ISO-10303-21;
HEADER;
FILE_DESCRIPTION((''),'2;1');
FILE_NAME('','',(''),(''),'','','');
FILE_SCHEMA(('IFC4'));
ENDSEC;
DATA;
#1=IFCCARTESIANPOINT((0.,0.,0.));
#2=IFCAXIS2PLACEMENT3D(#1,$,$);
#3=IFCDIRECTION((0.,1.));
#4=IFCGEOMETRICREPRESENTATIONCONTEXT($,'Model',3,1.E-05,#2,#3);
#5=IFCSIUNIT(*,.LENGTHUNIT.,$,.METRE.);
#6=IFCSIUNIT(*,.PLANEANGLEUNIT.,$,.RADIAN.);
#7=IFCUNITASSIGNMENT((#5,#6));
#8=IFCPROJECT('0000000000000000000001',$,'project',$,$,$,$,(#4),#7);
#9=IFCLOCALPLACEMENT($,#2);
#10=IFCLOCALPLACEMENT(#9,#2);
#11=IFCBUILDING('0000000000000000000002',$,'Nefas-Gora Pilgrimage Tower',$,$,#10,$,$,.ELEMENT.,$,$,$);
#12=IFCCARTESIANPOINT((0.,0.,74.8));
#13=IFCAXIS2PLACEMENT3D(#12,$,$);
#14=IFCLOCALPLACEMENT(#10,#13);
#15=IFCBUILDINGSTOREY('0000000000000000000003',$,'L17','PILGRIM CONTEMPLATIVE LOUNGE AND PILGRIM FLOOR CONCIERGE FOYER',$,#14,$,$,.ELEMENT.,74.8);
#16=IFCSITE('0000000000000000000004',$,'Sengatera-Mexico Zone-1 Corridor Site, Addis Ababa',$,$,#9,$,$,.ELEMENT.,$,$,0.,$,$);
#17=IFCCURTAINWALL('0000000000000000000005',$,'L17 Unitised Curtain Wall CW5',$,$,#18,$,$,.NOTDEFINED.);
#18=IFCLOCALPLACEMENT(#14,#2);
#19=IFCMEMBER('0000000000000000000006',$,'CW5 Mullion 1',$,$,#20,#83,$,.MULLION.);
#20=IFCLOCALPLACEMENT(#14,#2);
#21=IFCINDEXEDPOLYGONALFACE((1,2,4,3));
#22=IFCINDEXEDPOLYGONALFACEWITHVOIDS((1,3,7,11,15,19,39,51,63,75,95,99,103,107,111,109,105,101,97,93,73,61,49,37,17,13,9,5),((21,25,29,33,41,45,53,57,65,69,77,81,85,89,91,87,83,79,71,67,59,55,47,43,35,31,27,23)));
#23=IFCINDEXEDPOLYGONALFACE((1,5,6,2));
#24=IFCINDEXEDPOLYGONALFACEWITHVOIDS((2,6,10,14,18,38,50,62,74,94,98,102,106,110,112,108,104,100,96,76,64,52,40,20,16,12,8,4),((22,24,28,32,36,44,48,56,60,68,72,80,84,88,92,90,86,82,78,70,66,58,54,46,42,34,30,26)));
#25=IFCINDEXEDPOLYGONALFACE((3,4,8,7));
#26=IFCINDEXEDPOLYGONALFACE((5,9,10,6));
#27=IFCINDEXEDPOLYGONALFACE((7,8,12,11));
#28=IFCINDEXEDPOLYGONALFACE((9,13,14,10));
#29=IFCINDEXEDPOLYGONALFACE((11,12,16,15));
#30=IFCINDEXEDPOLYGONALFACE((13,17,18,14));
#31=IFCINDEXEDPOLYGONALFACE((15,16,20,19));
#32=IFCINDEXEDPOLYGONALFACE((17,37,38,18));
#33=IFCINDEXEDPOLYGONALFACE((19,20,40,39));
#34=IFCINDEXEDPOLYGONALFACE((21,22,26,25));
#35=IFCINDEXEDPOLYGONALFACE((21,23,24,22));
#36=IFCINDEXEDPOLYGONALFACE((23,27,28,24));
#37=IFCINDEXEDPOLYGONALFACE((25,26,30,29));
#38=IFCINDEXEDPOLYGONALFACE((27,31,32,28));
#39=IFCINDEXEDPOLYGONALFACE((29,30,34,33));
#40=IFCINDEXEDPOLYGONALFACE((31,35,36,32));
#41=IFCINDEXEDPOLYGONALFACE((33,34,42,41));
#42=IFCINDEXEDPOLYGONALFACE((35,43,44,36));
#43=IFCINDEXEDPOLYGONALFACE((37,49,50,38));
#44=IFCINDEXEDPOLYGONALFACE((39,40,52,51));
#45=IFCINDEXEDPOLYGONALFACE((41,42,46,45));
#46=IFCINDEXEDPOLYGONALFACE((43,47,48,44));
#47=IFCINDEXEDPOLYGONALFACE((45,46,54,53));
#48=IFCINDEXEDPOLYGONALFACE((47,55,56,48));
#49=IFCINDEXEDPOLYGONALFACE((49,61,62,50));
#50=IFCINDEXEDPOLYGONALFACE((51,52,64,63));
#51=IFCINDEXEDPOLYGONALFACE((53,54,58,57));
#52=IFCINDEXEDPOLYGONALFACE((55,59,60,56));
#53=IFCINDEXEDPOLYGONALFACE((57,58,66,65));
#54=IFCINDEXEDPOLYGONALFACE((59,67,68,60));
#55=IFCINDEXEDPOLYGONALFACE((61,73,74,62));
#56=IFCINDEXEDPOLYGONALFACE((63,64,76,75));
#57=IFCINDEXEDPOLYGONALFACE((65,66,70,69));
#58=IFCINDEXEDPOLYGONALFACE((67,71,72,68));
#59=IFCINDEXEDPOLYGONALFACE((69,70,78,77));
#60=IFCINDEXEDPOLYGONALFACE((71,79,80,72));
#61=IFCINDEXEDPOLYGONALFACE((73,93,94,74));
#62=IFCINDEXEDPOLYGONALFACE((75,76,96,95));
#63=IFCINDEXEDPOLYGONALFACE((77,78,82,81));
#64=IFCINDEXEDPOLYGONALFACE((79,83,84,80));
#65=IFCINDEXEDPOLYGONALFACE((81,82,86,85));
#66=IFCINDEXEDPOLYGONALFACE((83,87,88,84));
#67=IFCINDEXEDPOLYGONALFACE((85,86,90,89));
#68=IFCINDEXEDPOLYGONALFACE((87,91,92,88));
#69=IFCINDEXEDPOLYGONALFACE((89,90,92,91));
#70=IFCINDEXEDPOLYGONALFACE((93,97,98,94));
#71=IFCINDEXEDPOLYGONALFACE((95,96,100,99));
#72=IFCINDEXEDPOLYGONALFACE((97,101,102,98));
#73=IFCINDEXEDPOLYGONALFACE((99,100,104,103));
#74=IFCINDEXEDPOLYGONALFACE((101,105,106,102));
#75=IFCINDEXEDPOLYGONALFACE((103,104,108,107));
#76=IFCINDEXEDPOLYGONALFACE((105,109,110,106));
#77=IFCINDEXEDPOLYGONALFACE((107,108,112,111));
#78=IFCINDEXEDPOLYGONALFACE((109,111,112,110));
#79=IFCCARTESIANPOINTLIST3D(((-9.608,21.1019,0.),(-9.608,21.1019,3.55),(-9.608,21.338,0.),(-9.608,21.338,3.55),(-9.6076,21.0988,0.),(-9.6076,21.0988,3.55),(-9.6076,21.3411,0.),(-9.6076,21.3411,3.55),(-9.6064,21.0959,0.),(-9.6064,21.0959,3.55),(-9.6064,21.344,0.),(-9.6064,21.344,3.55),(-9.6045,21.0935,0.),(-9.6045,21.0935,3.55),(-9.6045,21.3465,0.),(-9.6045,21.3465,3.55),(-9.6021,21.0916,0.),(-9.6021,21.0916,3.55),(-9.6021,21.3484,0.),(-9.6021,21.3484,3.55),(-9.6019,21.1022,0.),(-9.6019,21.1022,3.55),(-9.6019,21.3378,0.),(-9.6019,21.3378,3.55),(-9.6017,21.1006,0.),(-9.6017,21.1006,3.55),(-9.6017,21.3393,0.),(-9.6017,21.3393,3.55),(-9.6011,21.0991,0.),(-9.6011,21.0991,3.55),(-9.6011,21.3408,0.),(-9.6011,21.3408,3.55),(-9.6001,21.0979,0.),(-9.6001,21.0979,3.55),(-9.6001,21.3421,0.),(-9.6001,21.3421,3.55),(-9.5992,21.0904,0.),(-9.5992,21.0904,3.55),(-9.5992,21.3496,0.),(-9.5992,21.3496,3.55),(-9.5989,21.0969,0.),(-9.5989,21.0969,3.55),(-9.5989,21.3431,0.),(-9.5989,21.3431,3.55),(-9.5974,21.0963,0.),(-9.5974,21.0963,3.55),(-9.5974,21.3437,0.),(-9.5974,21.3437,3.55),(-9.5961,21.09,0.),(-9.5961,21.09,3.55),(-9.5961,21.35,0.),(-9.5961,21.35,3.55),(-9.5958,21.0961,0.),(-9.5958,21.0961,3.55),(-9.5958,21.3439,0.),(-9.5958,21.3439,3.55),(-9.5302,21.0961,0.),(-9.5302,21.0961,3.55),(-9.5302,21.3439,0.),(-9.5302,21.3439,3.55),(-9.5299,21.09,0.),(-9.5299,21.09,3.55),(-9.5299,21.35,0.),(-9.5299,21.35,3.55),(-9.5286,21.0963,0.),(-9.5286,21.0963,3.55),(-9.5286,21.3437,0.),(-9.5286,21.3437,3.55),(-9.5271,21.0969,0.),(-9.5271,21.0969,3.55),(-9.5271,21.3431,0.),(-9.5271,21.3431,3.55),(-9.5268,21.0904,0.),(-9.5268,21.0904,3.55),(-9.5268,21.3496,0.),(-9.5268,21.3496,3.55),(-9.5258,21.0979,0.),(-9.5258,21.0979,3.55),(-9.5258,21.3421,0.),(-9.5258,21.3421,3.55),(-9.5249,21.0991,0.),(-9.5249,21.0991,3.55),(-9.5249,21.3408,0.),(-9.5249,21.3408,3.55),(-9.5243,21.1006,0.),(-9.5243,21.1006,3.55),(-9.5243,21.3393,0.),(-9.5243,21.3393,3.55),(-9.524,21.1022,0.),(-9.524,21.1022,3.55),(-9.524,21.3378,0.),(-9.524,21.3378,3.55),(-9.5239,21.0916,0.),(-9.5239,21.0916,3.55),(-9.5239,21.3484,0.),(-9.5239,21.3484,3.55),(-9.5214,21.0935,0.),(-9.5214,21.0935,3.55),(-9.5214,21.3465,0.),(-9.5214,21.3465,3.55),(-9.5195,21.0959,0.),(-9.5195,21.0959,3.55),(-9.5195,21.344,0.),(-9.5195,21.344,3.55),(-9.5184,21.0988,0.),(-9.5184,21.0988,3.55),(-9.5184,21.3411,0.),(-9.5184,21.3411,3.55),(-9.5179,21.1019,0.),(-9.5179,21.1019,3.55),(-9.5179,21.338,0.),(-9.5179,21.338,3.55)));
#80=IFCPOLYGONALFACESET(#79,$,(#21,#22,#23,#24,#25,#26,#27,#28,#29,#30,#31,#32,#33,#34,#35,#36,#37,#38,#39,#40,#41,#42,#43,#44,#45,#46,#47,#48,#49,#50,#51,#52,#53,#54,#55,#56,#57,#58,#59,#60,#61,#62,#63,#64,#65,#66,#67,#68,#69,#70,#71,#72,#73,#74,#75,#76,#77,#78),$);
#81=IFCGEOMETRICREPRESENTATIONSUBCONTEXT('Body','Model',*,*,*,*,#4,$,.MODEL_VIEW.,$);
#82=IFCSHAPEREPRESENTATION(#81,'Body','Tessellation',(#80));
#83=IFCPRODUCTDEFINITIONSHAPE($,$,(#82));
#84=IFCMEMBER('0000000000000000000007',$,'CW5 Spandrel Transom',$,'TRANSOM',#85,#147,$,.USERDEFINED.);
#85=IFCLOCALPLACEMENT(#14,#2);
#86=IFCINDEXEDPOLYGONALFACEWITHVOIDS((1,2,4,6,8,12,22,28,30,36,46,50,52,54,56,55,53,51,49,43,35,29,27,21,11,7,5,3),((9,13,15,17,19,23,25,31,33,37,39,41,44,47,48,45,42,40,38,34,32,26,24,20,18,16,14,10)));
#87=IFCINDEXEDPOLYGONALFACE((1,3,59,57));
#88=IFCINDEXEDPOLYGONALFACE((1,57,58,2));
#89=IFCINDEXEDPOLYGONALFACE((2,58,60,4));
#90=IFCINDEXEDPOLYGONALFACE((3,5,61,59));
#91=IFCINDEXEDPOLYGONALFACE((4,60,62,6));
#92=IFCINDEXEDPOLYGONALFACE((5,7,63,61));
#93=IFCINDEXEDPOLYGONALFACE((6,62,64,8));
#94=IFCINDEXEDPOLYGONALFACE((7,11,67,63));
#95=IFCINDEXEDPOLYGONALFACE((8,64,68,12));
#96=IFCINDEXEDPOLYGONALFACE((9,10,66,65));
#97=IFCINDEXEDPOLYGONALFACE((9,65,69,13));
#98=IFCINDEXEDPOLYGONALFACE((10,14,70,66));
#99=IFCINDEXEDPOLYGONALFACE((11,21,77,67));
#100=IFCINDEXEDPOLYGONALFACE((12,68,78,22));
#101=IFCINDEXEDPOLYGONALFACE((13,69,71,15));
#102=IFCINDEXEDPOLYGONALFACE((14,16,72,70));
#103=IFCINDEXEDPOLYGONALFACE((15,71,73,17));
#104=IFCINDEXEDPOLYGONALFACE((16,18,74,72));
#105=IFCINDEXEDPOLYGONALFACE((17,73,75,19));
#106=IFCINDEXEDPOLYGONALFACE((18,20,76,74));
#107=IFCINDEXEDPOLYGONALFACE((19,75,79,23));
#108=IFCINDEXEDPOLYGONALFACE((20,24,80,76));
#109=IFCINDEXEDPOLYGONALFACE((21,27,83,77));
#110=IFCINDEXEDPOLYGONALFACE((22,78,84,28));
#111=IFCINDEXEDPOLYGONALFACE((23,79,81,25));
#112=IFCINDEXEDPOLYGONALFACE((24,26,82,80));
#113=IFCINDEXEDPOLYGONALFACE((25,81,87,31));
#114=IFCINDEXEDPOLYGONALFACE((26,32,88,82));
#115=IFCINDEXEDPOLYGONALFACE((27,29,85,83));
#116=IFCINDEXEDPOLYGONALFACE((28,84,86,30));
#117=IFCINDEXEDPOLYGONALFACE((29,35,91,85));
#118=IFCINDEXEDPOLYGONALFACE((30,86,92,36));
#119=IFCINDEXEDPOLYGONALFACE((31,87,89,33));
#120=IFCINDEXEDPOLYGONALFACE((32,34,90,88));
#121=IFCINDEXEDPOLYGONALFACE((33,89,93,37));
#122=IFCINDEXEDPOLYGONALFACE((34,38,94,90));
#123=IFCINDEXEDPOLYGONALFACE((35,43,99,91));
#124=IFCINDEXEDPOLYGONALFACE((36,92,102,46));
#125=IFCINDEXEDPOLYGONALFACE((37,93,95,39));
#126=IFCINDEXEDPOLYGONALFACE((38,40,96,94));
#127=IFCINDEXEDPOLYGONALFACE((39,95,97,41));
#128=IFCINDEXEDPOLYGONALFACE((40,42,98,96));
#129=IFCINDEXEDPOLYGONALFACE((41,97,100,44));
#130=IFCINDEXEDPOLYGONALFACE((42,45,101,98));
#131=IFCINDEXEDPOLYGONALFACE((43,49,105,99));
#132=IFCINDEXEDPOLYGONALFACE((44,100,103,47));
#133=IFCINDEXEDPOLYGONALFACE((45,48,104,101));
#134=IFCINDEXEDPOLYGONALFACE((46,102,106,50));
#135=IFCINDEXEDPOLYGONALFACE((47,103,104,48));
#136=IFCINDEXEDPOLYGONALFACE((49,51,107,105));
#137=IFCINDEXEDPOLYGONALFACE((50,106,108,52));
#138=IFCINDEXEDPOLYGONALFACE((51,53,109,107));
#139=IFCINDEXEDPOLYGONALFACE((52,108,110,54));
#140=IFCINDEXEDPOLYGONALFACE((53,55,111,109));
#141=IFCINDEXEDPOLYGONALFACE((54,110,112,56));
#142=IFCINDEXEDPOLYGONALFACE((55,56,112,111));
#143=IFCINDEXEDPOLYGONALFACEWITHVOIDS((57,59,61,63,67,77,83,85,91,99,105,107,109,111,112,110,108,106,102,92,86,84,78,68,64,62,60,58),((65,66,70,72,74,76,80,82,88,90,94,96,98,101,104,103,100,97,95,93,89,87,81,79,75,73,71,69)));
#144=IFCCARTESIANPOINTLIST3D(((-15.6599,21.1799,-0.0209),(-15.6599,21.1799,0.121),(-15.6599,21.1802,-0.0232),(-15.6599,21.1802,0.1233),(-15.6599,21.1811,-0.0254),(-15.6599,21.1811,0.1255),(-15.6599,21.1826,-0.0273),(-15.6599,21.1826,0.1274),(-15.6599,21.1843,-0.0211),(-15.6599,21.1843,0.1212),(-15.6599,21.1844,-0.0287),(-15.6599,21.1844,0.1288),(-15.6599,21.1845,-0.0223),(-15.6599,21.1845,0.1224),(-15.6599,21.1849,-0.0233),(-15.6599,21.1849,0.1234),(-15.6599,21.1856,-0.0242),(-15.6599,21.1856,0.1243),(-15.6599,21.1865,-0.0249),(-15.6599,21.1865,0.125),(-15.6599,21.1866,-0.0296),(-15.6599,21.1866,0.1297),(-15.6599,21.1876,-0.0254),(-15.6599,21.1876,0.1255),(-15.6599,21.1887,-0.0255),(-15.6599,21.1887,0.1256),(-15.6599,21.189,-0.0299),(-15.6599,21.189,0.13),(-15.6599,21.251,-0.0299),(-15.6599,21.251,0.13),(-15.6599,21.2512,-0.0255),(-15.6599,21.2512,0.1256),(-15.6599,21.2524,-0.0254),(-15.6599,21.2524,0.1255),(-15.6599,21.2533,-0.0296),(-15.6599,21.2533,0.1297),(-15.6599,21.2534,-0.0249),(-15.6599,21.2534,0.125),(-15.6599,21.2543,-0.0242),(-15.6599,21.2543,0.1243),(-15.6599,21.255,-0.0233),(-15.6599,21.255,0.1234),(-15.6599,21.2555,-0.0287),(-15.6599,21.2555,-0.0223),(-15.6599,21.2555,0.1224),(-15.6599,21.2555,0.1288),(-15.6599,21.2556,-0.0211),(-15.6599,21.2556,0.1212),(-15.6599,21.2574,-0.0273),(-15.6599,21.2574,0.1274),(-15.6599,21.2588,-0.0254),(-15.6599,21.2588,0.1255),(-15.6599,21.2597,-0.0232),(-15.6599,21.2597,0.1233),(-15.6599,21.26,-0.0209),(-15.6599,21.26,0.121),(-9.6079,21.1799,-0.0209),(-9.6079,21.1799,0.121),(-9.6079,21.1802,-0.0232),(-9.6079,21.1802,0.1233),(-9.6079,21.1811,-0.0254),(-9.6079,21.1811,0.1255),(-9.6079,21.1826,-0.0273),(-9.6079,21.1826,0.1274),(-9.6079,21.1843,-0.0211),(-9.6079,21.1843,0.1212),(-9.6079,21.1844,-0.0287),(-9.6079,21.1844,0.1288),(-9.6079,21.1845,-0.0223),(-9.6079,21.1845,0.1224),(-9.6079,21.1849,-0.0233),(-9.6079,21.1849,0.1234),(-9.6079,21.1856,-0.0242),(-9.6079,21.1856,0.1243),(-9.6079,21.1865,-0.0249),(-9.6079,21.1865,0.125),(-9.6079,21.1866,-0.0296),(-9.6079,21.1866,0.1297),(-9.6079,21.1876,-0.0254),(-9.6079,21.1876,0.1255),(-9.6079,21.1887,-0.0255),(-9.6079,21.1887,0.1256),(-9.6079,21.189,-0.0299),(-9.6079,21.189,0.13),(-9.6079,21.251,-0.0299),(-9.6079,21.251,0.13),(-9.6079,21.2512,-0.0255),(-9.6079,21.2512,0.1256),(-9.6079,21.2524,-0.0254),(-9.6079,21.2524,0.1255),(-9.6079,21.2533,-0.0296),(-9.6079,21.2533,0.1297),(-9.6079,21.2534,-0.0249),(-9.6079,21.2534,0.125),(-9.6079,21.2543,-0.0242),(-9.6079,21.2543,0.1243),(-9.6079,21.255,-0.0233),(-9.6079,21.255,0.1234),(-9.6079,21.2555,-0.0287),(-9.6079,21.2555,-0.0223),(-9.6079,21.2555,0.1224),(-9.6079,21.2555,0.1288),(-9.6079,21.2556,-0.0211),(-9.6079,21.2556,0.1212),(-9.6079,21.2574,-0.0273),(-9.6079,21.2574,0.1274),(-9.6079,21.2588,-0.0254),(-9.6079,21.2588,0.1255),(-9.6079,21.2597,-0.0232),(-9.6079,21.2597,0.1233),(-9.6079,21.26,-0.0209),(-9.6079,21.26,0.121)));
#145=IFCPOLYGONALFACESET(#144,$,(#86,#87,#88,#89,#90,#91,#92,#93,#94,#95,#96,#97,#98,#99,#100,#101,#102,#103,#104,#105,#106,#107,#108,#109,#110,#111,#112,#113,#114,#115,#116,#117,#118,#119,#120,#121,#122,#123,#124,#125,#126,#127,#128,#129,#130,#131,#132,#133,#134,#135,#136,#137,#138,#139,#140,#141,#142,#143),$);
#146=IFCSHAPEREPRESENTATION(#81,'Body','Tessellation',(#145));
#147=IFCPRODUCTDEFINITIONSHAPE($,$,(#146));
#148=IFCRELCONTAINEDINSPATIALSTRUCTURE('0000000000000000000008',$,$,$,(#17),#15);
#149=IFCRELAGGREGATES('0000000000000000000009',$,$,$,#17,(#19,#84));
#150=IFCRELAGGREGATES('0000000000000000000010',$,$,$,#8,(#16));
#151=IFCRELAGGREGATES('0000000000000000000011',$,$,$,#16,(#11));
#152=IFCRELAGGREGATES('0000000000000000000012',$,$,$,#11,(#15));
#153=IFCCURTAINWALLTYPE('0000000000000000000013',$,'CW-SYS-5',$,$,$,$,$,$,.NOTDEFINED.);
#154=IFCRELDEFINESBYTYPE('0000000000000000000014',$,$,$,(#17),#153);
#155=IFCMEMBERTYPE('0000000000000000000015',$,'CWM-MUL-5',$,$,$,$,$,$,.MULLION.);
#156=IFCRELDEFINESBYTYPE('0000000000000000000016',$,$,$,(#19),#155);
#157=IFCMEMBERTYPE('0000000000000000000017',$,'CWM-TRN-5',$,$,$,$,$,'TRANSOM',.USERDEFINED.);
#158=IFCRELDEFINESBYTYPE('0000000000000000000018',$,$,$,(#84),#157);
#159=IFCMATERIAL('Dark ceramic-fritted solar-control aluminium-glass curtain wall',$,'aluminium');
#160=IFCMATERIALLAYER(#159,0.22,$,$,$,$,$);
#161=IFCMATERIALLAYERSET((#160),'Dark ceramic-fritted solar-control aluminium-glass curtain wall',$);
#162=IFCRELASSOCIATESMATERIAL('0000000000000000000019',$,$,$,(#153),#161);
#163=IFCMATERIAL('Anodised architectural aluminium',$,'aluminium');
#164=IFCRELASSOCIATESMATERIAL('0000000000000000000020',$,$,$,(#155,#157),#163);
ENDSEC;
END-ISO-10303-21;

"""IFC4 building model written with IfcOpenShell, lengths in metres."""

from ifc_helpers import new_model, si_unit, direction, frame, origin, origin_2d, place, context, subcontext, project, spatial, hollow_rectangle, extrude, source, transform, mapped, material, layer, layer_set, material_profile, profile_set, type_object, element, aggregate, save


model = new_model("IFC4")

# Units and contexts
model_context = context("Model", 3, precision=1e-05, world=origin(), true_north=direction((0.0, 1.0)))
body_context = subcontext(model_context, "Body", "Model", "MODEL_VIEW")
ifc_project = project(units=[si_unit("LENGTHUNIT", "METRE"), si_unit("PLANEANGLEUNIT", "RADIAN")], contexts=[model_context])

# Site, building, storey
site_placement = place(None, origin())
site = spatial("IfcSite", under=ifc_project, at=site_placement, Name="Sengatera-Mexico Zone-1 Corridor Site, Addis Ababa", CompositionType="ELEMENT", RefElevation=0.0)
building_placement = place(site_placement, origin())
building = spatial("IfcBuilding", under=site, at=building_placement, Name="Nefas-Gora Pilgrimage Tower", CompositionType="ELEMENT")
storey_placement = place(building_placement, frame((0.0, 0.0, 74.8)))
storey = spatial("IfcBuildingStorey", under=building, at=storey_placement, Name="L17", Description="PILGRIM CONTEMPLATIVE LOUNGE AND PILGRIM FLOOR CONCIERGE FOYER", CompositionType="ELEMENT", Elevation=74.8)

# Shared definitions
ifc_material_1 = material(Name="Dark ceramic-fritted solar-control aluminium-glass curtain wall", Category="aluminium")
ifc_layer_1 = layer(ifc_material_1, 0.22)
ifc_layer_set_1 = layer_set([ifc_layer_1], Name="Dark ceramic-fritted solar-control aluminium-glass curtain wall")
curtain_wall_type = type_object("IfcCurtainWallType", Name="CW-SYS-5", PredefinedType="NOTDEFINED", material=ifc_layer_set_1)
ifc_material_2 = material(Name="Anodised architectural aluminium", Category="aluminium")
ifc_material_profile_1 = material_profile(ifc_material_2, hollow_rectangle(XDim=0.0901, YDim=0.26, WallThickness=0.0061, InnerFilletRadius=0.0061, OuterFilletRadius=0.012, at=origin_2d()), Name="ALU MULLION 90x260")
ifc_profile_set_1 = profile_set([ifc_material_profile_1], Name="Anodised architectural aluminium")
member_type_1 = type_object("IfcMemberType", Name="CWM-MUL-5", PredefinedType="MULLION", material=ifc_profile_set_1)
shared_shape_1 = source(origin(), body_context, "Body", "SweptSolid", [
    extrude(hollow_rectangle(XDim=0.0901, YDim=0.26, WallThickness=0.0061, InnerFilletRadius=0.0061, OuterFilletRadius=0.012, at=origin_2d()), origin(), (0.0, 0.0, 1.0), 3.55),
])

# Curtain wall, members
curtain_wall_1_placement = place(storey_placement, origin())
curtain_wall_1 = element("IfcCurtainWall", 1, at=curtain_wall_1_placement, inside=storey, type_object=curtain_wall_type, Name="L17 Unitised Curtain Wall CW5", PredefinedType="NOTDEFINED")
member_1_placement = place(storey_placement, frame((-9.563, 21.22, 0.0), z_axis=(0.0, 0.0, 1.0), x_axis=(-1.0, 0.0, 0.0)))
member_1 = element("IfcMember", 2, at=member_1_placement, type_object=member_type_1, Name="CW5 Mullion 1", PredefinedType="MULLION", context=body_context, shape_type="MappedRepresentation", body=[
    mapped(shared_shape_1, transform((0.0, 0.0, 0.0), x_axis=(1.0, 0.0, 0.0), y_axis=(0.0, 1.0, 0.0), z_axis=(0.0, 0.0, 1.0), scale=1.0)),
])
ifc_material_profile_2 = material_profile(ifc_material_2, hollow_rectangle(XDim=0.0801, YDim=0.1599, WallThickness=0.0044, InnerFilletRadius=0.0044, OuterFilletRadius=0.009, at=origin_2d()), Name="ALU TRANSOM 80x160")
ifc_profile_set_2 = profile_set([ifc_material_profile_2], Name="Anodised architectural aluminium")
member_type_2 = type_object("IfcMemberType", Name="CWM-TRN-5", ElementType="TRANSOM", PredefinedType="USERDEFINED", material=ifc_profile_set_2)
shared_shape_2 = source(origin(), body_context, "Body", "SweptSolid", [
    extrude(hollow_rectangle(XDim=0.0801, YDim=0.1599, WallThickness=0.0044, InnerFilletRadius=0.0044, OuterFilletRadius=0.009, at=origin_2d()), origin(), (0.0, 0.0, 1.0), 6.052),
])
member_2_placement = place(storey_placement, frame((-9.6079, 21.22, 0.05), z_axis=(-1.0, 0.0, 0.0), x_axis=(0.0, -1.0, 0.0)))
member_2 = element("IfcMember", 3, at=member_2_placement, type_object=member_type_2, Name="CW5 Spandrel Transom", ObjectType="TRANSOM", PredefinedType="USERDEFINED", context=body_context, shape_type="MappedRepresentation", body=[
    mapped(shared_shape_2, transform((0.0, 0.0, 0.0), x_axis=(1.0, 0.0, 0.0), y_axis=(0.0, 1.0, 0.0), z_axis=(0.0, 0.0, 1.0), scale=1.0)),
])
aggregate(curtain_wall_1, [member_1, member_2])

save(model, "model.ifc")
